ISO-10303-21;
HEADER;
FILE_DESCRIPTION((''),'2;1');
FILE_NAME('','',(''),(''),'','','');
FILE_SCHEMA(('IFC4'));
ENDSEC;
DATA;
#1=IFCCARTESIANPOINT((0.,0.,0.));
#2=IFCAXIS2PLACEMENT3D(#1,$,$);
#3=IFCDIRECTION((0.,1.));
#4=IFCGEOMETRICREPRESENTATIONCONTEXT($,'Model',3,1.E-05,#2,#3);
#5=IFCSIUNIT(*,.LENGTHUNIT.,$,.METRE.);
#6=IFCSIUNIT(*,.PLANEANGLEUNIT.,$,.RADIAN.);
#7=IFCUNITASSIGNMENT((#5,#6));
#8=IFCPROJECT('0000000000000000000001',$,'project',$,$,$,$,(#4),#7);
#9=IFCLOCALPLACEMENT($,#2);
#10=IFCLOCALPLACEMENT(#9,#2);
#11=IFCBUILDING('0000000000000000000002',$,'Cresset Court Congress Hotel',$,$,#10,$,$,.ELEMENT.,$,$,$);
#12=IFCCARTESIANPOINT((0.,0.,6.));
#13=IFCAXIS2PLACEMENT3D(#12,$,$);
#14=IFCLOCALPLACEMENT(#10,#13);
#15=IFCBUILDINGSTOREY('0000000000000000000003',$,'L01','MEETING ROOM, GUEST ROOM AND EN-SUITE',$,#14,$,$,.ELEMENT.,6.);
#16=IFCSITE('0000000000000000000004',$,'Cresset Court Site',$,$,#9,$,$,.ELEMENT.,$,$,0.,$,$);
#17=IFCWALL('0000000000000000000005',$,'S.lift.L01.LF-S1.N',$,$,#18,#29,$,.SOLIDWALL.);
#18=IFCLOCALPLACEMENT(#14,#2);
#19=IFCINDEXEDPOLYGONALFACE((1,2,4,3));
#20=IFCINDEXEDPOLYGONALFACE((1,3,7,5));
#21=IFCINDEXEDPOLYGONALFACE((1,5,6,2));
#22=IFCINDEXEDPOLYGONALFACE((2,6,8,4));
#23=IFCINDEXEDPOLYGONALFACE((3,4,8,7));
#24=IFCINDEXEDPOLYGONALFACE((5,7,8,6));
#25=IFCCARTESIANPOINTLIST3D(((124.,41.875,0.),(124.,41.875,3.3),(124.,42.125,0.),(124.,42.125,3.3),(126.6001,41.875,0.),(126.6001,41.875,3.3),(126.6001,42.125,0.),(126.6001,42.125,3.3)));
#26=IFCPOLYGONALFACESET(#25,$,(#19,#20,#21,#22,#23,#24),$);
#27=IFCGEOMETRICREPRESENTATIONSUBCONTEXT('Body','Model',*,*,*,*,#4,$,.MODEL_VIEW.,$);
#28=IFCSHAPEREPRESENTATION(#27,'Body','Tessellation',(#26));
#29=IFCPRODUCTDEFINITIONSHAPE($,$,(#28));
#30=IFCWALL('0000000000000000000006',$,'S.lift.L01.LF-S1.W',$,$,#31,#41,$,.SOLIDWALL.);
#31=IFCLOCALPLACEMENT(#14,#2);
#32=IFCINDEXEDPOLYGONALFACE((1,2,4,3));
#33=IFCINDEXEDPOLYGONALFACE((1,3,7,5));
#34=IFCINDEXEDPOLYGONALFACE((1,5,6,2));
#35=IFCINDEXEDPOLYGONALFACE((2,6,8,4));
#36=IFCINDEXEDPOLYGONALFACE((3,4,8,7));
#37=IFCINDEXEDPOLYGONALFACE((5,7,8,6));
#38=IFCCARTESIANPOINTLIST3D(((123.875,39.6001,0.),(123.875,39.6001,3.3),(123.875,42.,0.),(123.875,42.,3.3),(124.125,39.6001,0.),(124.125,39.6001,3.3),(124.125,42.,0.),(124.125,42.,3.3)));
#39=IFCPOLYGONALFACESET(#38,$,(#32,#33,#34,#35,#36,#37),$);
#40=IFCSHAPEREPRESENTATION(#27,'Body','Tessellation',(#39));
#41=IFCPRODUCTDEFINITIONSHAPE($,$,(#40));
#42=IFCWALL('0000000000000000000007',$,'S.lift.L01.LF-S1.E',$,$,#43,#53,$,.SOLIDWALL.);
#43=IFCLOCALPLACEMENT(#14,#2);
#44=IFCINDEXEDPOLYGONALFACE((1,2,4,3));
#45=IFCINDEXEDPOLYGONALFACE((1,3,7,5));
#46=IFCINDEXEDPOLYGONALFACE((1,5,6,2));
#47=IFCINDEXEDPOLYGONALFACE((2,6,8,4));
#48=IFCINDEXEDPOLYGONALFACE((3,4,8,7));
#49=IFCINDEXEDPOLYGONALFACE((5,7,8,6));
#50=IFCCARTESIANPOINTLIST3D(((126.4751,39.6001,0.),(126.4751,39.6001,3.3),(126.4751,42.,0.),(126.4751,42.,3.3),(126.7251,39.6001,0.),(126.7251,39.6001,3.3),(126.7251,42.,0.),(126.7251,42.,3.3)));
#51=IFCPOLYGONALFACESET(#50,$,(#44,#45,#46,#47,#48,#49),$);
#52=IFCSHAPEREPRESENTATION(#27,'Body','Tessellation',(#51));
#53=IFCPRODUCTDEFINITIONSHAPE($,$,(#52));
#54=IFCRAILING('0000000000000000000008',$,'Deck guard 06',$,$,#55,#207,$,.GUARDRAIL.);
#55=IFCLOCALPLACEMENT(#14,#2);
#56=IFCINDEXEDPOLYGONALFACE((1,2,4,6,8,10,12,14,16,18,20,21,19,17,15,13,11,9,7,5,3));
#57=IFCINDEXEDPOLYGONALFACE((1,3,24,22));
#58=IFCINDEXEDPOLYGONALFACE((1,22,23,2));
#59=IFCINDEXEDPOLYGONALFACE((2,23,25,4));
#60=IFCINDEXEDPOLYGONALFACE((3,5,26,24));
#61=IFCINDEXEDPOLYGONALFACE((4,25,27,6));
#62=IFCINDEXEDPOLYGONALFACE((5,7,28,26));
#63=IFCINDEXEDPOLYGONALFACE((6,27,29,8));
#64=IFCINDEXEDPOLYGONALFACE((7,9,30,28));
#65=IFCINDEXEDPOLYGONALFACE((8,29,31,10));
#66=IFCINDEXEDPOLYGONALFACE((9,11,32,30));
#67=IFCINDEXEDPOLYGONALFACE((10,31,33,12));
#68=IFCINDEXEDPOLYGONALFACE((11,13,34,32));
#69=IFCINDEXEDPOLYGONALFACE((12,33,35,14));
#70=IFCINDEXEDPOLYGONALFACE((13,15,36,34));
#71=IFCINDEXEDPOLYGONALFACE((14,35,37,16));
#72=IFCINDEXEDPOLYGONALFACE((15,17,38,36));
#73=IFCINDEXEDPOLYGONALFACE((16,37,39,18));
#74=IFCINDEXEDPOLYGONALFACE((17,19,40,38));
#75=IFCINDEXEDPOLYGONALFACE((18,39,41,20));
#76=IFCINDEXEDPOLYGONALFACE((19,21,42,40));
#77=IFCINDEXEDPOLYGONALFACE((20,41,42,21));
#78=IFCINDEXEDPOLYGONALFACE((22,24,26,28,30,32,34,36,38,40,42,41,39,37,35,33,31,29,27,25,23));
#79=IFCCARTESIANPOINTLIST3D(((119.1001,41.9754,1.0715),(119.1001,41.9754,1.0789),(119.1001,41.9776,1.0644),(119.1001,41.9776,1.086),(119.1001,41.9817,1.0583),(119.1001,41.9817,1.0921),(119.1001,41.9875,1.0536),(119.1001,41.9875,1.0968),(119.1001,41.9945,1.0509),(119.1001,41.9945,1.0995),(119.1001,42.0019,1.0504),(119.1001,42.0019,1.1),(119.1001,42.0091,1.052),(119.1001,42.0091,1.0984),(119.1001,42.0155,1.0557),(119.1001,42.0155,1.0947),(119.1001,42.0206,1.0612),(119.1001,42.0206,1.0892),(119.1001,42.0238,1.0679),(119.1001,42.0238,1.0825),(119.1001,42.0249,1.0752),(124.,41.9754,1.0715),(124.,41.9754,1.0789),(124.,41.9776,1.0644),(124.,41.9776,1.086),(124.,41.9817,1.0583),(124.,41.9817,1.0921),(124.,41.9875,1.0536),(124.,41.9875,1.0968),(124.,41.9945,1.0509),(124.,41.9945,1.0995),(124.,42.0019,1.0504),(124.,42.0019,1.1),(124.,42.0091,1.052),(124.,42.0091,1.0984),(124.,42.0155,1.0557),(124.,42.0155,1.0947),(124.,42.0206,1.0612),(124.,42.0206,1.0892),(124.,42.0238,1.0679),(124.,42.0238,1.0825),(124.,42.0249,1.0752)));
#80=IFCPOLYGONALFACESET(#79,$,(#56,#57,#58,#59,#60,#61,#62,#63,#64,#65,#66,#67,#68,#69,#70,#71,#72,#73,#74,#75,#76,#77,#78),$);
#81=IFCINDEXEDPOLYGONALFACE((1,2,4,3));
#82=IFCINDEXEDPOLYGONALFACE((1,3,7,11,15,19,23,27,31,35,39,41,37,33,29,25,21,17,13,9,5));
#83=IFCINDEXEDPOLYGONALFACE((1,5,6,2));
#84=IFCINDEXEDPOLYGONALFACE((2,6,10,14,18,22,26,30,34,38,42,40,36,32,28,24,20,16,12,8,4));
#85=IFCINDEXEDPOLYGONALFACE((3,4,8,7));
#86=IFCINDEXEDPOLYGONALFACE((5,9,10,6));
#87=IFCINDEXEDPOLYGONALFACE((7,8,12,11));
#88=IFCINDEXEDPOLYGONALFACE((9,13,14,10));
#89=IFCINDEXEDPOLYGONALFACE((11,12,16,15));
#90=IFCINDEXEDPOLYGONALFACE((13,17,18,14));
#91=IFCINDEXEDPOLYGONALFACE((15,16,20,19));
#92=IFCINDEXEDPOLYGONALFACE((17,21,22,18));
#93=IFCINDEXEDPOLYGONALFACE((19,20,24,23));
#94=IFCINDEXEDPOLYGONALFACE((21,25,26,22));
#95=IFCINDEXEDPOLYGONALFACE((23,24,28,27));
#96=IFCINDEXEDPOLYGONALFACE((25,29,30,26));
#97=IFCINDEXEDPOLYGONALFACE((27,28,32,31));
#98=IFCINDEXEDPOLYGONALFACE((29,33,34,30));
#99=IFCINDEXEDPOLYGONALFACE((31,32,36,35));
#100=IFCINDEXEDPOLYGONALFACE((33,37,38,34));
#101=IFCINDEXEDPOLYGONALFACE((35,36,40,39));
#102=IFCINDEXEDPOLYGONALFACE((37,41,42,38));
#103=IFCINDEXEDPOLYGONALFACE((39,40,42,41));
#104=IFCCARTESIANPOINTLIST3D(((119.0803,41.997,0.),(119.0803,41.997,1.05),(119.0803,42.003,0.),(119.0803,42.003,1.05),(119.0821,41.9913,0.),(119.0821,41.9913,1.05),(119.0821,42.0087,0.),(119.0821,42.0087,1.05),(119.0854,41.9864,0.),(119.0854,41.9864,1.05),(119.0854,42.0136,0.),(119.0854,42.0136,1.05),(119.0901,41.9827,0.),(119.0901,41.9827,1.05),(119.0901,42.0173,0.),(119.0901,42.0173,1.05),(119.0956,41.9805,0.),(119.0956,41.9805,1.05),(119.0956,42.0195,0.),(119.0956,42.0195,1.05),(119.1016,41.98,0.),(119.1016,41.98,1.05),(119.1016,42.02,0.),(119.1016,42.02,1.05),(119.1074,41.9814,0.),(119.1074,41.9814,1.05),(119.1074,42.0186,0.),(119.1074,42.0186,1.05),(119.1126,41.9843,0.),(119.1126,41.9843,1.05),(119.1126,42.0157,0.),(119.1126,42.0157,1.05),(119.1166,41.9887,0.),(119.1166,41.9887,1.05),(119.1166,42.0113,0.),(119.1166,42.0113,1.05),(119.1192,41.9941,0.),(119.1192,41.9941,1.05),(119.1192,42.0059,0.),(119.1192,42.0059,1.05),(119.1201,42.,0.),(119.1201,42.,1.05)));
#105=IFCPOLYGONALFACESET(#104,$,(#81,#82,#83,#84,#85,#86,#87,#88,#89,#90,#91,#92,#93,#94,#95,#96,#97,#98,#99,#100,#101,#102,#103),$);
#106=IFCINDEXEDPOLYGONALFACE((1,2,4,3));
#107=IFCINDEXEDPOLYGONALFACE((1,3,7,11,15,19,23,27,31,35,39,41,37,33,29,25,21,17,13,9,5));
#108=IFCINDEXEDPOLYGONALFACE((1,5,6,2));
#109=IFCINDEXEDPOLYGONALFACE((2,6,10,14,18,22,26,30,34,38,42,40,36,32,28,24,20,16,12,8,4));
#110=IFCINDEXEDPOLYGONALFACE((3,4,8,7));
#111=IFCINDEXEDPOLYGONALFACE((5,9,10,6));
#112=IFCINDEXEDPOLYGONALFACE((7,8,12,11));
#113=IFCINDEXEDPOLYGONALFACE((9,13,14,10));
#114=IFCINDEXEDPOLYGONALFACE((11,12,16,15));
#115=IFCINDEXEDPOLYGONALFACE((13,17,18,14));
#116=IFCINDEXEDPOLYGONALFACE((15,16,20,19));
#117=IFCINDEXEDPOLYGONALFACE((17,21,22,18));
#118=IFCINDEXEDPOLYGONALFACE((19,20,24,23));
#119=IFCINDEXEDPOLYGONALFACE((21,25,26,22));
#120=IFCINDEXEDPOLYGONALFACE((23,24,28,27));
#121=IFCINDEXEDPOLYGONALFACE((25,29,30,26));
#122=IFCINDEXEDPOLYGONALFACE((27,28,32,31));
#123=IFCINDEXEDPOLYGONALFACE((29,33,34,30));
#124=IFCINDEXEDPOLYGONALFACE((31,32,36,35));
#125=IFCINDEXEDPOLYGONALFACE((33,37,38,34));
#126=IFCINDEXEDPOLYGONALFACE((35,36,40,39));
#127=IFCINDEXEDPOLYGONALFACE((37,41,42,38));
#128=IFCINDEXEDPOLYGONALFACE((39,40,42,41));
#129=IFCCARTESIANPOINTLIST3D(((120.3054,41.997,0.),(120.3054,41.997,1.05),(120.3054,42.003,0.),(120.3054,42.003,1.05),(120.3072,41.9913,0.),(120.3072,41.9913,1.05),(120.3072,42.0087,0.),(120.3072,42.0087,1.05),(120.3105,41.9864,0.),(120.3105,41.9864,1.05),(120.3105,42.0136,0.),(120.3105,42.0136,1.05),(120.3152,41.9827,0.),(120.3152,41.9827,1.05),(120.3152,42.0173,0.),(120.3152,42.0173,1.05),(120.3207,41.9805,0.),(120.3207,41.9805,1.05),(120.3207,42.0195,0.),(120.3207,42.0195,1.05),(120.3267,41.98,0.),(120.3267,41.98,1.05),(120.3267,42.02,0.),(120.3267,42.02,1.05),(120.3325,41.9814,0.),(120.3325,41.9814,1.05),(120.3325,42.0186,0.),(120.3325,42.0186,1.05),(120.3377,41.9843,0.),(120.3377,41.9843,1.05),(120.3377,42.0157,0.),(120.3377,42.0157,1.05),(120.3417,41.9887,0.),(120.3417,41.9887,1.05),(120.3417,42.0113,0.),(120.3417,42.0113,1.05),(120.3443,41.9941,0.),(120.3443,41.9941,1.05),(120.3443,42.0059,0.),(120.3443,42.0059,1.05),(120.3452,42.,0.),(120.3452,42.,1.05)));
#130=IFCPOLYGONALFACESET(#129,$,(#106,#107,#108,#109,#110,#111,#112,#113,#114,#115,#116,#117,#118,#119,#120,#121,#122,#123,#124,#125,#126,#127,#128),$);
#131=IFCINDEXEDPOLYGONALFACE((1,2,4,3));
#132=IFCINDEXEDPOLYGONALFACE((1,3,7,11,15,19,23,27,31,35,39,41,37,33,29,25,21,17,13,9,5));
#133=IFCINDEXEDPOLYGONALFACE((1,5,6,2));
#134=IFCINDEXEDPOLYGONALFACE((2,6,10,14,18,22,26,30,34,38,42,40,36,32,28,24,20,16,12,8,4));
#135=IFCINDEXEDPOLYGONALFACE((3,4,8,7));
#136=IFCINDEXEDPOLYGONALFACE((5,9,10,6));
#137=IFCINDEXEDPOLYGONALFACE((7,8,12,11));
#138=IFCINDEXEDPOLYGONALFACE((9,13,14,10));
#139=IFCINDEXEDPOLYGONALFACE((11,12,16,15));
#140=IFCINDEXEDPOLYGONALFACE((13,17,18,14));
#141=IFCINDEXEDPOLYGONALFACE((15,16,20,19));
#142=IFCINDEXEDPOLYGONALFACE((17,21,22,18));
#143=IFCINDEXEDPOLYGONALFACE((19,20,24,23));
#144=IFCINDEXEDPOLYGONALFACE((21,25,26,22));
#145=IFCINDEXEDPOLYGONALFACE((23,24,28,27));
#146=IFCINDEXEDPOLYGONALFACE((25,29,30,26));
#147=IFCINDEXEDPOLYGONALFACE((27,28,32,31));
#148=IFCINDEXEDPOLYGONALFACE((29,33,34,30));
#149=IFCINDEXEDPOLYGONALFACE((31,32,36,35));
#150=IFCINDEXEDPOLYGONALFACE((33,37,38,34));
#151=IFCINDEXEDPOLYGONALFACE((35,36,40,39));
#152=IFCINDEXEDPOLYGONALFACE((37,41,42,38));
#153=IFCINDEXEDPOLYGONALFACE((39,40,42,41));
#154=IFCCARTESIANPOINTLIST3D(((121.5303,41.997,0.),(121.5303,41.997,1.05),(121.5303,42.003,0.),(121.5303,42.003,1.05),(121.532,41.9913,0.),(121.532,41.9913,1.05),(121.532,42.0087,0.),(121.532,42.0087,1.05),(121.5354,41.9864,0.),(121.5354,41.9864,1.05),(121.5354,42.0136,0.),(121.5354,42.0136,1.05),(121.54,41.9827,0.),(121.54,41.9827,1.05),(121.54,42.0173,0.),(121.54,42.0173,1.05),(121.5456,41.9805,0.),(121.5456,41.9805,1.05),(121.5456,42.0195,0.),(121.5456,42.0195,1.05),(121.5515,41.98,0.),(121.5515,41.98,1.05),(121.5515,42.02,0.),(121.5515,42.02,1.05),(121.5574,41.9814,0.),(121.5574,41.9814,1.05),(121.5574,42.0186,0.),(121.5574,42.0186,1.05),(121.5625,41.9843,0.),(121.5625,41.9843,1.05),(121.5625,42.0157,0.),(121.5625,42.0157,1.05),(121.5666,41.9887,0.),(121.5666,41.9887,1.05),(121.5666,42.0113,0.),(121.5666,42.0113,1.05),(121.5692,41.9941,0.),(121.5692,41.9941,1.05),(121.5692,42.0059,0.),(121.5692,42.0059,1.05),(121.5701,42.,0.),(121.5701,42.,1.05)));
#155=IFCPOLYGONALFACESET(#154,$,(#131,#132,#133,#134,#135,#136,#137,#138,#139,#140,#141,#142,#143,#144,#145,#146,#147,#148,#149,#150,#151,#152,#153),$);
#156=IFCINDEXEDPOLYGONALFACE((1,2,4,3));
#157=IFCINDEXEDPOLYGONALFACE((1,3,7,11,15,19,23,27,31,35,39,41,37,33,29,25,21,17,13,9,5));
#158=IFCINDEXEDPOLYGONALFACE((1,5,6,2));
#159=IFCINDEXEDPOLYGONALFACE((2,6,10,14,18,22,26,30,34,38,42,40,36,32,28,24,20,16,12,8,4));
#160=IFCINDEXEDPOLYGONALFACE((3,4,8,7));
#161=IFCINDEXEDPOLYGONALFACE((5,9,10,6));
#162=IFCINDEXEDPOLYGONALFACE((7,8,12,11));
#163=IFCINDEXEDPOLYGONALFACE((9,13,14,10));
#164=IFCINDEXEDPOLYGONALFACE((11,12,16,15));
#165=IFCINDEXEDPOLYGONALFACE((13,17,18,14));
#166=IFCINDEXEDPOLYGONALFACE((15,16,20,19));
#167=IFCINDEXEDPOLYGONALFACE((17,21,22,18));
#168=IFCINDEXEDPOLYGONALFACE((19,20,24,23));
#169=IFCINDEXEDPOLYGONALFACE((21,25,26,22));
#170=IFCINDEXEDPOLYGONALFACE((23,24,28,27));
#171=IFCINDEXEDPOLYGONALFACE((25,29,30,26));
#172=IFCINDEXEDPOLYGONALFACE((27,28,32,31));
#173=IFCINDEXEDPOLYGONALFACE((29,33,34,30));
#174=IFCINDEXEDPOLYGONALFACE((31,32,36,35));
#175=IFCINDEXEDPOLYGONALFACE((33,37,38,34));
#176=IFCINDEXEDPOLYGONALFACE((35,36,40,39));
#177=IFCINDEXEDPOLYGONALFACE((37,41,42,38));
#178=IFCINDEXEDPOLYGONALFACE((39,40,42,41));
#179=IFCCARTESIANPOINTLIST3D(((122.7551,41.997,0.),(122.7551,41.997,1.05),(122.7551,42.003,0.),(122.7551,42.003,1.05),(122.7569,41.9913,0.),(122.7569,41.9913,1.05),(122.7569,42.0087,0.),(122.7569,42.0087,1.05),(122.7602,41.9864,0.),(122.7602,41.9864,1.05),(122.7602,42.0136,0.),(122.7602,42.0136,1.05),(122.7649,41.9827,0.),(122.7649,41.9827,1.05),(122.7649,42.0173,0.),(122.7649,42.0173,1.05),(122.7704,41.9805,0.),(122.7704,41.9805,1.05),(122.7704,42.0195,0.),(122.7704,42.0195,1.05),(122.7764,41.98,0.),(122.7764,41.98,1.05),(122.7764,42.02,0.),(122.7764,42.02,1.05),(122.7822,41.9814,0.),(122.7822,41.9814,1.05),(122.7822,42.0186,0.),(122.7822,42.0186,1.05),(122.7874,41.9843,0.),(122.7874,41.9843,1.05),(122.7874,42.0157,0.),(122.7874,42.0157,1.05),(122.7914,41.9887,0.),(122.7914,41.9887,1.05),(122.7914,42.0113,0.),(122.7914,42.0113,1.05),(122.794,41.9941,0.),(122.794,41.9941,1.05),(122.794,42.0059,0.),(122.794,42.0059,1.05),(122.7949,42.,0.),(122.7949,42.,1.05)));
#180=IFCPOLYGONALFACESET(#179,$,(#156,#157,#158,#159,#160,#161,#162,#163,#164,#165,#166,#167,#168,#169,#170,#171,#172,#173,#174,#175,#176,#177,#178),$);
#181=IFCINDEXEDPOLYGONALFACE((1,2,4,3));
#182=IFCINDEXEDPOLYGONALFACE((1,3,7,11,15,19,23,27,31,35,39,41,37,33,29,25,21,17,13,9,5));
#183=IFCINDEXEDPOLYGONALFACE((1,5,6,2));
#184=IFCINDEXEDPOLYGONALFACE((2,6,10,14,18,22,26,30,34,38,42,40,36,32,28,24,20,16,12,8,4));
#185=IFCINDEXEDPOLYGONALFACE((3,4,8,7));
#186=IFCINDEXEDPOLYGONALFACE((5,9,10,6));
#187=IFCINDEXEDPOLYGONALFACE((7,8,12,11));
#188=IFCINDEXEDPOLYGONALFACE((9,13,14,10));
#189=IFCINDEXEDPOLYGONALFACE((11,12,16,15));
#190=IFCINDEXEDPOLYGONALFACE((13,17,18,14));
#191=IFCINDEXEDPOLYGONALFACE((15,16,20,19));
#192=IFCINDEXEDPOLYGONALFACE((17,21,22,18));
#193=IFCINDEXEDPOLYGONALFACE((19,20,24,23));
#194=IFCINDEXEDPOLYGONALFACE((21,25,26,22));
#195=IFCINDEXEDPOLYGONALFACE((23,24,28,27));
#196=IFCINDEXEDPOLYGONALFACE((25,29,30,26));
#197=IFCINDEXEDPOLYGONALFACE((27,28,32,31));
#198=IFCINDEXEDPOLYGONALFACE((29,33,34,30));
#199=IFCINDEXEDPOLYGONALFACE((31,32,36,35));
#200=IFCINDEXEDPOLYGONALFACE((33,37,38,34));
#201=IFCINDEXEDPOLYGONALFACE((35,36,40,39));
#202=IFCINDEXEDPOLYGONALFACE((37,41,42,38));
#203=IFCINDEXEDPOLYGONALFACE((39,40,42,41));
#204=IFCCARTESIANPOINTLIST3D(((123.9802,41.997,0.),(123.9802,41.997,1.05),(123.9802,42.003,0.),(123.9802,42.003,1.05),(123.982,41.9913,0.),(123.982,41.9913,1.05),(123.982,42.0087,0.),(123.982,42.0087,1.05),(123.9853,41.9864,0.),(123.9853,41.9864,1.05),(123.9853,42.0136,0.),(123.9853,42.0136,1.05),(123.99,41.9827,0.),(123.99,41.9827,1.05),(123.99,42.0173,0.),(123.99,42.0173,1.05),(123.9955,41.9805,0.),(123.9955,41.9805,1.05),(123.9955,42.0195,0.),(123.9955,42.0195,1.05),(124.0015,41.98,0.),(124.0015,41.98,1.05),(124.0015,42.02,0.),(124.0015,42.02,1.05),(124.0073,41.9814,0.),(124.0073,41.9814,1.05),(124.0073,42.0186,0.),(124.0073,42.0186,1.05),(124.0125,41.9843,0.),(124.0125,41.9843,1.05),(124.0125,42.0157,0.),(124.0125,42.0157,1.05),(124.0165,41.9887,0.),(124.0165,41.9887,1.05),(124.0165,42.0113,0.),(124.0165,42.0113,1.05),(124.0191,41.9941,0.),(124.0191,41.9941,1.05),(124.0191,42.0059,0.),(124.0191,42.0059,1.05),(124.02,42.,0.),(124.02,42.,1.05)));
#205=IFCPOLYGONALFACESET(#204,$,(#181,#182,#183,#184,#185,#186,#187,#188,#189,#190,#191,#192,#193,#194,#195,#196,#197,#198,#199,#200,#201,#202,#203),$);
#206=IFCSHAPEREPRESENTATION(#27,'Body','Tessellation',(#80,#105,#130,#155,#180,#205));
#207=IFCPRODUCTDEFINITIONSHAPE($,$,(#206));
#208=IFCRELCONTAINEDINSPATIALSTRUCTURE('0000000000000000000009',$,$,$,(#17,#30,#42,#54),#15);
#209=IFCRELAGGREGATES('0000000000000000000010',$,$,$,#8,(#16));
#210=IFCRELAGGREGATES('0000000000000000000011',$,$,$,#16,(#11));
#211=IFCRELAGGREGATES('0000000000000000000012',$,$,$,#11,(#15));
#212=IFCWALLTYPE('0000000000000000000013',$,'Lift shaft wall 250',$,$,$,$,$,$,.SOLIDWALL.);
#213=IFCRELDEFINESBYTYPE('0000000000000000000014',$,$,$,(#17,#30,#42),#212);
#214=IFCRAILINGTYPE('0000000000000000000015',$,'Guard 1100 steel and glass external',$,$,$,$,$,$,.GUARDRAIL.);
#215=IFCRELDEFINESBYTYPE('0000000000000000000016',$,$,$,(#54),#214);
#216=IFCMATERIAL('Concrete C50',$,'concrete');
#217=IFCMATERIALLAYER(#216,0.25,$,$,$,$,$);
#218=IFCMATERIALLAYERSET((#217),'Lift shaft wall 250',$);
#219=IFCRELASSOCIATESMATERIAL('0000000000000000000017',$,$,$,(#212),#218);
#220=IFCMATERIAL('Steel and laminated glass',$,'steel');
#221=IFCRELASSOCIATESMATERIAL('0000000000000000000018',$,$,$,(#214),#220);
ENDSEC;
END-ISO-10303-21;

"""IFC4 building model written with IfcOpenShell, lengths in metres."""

from ifc_helpers import new_model, si_unit, direction, frame, frame_2d, origin, origin_2d, place, context, subcontext, project, spatial, rectangle, circle, extrude, material, layer, layer_set, type_object, element, save


model = new_model("IFC4")

# Units and contexts
model_context = context("Model", 3, precision=1e-05, world=origin(), true_north=direction((0.0, 1.0)))
body_context = subcontext(model_context, "Body", "Model", "MODEL_VIEW")
ifc_project = project(units=[si_unit("LENGTHUNIT", "METRE"), si_unit("PLANEANGLEUNIT", "RADIAN")], contexts=[model_context])

# Site, building, storey
site_placement = place(None, origin())
site = spatial("IfcSite", under=ifc_project, at=site_placement, Name="Cresset Court Site", CompositionType="ELEMENT", RefElevation=0.0)
building_placement = place(site_placement, origin())
building = spatial("IfcBuilding", under=site, at=building_placement, Name="Cresset Court Congress Hotel", CompositionType="ELEMENT")
storey_placement = place(building_placement, frame((0.0, 0.0, 6.0)))
storey = spatial("IfcBuildingStorey", under=building, at=storey_placement, Name="L01", Description="MEETING ROOM, GUEST ROOM AND EN-SUITE", CompositionType="ELEMENT", Elevation=6.0)

# Walls
ifc_material_1 = material(Name="Concrete C50", Category="concrete")
ifc_layer_1 = layer(ifc_material_1, 0.25)
ifc_layer_set_1 = layer_set([ifc_layer_1], Name="Lift shaft wall 250")
wall_type_1 = type_object("IfcWallType", Name="Lift shaft wall 250", PredefinedType="SOLIDWALL", material=ifc_layer_set_1)
for number, where, z_axis, x_axis, name in (
    (1, (124.0, 42.0, 0.0), (0.0, 0.0, 1.0), (1.0, 0.0, 0.0), "S.lift.L01.LF-S1.N"),
):
    element("IfcWall", number, at=place(storey_placement, frame(where, z_axis=z_axis, x_axis=x_axis)), inside=storey, type_object=wall_type_1, Name=name, PredefinedType="SOLIDWALL", context=body_context, shape_type="SweptSolid", body=[
        extrude(rectangle(XDim=2.6001, YDim=0.25, at=frame_2d((1.3, 0.0))), origin(), (0.0, 0.0, 1.0), 3.3),
    ])
for number, where, z_axis, x_axis, name in (
    (2, (124.0, 39.6001, 0.0), (0.0, 0.0, 1.0), (0.0, 1.0, 0.0), "S.lift.L01.LF-S1.W"),
    (3, (126.6001, 39.6001, 0.0), (0.0, 0.0, 1.0), (0.0, 1.0, 0.0), "S.lift.L01.LF-S1.E"),
):
    element("IfcWall", number, at=place(storey_placement, frame(where, z_axis=z_axis, x_axis=x_axis)), inside=storey, type_object=wall_type_1, Name=name, PredefinedType="SOLIDWALL", context=body_context, shape_type="SweptSolid", body=[
        extrude(rectangle(XDim=2.3999, YDim=0.25, at=frame_2d((1.2, 0.0))), origin(), (0.0, 0.0, 1.0), 3.3),
    ])

# Railing
ifc_material_2 = material(Name="Steel and laminated glass", Category="steel")
railing_type = type_object("IfcRailingType", Name="Guard 1100 steel and glass external", PredefinedType="GUARDRAIL", material=ifc_material_2)
railing_1_placement = place(storey_placement, frame((119.1001, 42.0, 0.0)))
element("IfcRailing", 4, at=railing_1_placement, inside=storey, type_object=railing_type, Name="Deck guard 06", PredefinedType="GUARDRAIL", context=body_context, shape_type="SweptSolid", body=[
    extrude(circle(Radius=0.0249, at=origin_2d()), frame((0.0, 0.0, 1.0752), z_axis=(1.0, 0.0, 0.0), x_axis=(0.0, 1.0, 0.0)), (0.0, 0.0, 1.0), 4.8999),
    extrude(circle(Radius=0.02, at=origin_2d()), origin(), (0.0, 0.0, 1.0), 1.05),
    extrude(circle(Radius=0.02, at=origin_2d()), frame((1.2251, 0.0, 0.0)), (0.0, 0.0, 1.0), 1.05),
    extrude(circle(Radius=0.02, at=origin_2d()), frame((2.45, 0.0, 0.0)), (0.0, 0.0, 1.0), 1.05),
    extrude(circle(Radius=0.02, at=origin_2d()), frame((3.6748, 0.0, 0.0)), (0.0, 0.0, 1.0), 1.05),
    extrude(circle(Radius=0.02, at=origin_2d()), frame((4.8999, 0.0, 0.0)), (0.0, 0.0, 1.0), 1.05),
])

save(model, "model.ifc")
